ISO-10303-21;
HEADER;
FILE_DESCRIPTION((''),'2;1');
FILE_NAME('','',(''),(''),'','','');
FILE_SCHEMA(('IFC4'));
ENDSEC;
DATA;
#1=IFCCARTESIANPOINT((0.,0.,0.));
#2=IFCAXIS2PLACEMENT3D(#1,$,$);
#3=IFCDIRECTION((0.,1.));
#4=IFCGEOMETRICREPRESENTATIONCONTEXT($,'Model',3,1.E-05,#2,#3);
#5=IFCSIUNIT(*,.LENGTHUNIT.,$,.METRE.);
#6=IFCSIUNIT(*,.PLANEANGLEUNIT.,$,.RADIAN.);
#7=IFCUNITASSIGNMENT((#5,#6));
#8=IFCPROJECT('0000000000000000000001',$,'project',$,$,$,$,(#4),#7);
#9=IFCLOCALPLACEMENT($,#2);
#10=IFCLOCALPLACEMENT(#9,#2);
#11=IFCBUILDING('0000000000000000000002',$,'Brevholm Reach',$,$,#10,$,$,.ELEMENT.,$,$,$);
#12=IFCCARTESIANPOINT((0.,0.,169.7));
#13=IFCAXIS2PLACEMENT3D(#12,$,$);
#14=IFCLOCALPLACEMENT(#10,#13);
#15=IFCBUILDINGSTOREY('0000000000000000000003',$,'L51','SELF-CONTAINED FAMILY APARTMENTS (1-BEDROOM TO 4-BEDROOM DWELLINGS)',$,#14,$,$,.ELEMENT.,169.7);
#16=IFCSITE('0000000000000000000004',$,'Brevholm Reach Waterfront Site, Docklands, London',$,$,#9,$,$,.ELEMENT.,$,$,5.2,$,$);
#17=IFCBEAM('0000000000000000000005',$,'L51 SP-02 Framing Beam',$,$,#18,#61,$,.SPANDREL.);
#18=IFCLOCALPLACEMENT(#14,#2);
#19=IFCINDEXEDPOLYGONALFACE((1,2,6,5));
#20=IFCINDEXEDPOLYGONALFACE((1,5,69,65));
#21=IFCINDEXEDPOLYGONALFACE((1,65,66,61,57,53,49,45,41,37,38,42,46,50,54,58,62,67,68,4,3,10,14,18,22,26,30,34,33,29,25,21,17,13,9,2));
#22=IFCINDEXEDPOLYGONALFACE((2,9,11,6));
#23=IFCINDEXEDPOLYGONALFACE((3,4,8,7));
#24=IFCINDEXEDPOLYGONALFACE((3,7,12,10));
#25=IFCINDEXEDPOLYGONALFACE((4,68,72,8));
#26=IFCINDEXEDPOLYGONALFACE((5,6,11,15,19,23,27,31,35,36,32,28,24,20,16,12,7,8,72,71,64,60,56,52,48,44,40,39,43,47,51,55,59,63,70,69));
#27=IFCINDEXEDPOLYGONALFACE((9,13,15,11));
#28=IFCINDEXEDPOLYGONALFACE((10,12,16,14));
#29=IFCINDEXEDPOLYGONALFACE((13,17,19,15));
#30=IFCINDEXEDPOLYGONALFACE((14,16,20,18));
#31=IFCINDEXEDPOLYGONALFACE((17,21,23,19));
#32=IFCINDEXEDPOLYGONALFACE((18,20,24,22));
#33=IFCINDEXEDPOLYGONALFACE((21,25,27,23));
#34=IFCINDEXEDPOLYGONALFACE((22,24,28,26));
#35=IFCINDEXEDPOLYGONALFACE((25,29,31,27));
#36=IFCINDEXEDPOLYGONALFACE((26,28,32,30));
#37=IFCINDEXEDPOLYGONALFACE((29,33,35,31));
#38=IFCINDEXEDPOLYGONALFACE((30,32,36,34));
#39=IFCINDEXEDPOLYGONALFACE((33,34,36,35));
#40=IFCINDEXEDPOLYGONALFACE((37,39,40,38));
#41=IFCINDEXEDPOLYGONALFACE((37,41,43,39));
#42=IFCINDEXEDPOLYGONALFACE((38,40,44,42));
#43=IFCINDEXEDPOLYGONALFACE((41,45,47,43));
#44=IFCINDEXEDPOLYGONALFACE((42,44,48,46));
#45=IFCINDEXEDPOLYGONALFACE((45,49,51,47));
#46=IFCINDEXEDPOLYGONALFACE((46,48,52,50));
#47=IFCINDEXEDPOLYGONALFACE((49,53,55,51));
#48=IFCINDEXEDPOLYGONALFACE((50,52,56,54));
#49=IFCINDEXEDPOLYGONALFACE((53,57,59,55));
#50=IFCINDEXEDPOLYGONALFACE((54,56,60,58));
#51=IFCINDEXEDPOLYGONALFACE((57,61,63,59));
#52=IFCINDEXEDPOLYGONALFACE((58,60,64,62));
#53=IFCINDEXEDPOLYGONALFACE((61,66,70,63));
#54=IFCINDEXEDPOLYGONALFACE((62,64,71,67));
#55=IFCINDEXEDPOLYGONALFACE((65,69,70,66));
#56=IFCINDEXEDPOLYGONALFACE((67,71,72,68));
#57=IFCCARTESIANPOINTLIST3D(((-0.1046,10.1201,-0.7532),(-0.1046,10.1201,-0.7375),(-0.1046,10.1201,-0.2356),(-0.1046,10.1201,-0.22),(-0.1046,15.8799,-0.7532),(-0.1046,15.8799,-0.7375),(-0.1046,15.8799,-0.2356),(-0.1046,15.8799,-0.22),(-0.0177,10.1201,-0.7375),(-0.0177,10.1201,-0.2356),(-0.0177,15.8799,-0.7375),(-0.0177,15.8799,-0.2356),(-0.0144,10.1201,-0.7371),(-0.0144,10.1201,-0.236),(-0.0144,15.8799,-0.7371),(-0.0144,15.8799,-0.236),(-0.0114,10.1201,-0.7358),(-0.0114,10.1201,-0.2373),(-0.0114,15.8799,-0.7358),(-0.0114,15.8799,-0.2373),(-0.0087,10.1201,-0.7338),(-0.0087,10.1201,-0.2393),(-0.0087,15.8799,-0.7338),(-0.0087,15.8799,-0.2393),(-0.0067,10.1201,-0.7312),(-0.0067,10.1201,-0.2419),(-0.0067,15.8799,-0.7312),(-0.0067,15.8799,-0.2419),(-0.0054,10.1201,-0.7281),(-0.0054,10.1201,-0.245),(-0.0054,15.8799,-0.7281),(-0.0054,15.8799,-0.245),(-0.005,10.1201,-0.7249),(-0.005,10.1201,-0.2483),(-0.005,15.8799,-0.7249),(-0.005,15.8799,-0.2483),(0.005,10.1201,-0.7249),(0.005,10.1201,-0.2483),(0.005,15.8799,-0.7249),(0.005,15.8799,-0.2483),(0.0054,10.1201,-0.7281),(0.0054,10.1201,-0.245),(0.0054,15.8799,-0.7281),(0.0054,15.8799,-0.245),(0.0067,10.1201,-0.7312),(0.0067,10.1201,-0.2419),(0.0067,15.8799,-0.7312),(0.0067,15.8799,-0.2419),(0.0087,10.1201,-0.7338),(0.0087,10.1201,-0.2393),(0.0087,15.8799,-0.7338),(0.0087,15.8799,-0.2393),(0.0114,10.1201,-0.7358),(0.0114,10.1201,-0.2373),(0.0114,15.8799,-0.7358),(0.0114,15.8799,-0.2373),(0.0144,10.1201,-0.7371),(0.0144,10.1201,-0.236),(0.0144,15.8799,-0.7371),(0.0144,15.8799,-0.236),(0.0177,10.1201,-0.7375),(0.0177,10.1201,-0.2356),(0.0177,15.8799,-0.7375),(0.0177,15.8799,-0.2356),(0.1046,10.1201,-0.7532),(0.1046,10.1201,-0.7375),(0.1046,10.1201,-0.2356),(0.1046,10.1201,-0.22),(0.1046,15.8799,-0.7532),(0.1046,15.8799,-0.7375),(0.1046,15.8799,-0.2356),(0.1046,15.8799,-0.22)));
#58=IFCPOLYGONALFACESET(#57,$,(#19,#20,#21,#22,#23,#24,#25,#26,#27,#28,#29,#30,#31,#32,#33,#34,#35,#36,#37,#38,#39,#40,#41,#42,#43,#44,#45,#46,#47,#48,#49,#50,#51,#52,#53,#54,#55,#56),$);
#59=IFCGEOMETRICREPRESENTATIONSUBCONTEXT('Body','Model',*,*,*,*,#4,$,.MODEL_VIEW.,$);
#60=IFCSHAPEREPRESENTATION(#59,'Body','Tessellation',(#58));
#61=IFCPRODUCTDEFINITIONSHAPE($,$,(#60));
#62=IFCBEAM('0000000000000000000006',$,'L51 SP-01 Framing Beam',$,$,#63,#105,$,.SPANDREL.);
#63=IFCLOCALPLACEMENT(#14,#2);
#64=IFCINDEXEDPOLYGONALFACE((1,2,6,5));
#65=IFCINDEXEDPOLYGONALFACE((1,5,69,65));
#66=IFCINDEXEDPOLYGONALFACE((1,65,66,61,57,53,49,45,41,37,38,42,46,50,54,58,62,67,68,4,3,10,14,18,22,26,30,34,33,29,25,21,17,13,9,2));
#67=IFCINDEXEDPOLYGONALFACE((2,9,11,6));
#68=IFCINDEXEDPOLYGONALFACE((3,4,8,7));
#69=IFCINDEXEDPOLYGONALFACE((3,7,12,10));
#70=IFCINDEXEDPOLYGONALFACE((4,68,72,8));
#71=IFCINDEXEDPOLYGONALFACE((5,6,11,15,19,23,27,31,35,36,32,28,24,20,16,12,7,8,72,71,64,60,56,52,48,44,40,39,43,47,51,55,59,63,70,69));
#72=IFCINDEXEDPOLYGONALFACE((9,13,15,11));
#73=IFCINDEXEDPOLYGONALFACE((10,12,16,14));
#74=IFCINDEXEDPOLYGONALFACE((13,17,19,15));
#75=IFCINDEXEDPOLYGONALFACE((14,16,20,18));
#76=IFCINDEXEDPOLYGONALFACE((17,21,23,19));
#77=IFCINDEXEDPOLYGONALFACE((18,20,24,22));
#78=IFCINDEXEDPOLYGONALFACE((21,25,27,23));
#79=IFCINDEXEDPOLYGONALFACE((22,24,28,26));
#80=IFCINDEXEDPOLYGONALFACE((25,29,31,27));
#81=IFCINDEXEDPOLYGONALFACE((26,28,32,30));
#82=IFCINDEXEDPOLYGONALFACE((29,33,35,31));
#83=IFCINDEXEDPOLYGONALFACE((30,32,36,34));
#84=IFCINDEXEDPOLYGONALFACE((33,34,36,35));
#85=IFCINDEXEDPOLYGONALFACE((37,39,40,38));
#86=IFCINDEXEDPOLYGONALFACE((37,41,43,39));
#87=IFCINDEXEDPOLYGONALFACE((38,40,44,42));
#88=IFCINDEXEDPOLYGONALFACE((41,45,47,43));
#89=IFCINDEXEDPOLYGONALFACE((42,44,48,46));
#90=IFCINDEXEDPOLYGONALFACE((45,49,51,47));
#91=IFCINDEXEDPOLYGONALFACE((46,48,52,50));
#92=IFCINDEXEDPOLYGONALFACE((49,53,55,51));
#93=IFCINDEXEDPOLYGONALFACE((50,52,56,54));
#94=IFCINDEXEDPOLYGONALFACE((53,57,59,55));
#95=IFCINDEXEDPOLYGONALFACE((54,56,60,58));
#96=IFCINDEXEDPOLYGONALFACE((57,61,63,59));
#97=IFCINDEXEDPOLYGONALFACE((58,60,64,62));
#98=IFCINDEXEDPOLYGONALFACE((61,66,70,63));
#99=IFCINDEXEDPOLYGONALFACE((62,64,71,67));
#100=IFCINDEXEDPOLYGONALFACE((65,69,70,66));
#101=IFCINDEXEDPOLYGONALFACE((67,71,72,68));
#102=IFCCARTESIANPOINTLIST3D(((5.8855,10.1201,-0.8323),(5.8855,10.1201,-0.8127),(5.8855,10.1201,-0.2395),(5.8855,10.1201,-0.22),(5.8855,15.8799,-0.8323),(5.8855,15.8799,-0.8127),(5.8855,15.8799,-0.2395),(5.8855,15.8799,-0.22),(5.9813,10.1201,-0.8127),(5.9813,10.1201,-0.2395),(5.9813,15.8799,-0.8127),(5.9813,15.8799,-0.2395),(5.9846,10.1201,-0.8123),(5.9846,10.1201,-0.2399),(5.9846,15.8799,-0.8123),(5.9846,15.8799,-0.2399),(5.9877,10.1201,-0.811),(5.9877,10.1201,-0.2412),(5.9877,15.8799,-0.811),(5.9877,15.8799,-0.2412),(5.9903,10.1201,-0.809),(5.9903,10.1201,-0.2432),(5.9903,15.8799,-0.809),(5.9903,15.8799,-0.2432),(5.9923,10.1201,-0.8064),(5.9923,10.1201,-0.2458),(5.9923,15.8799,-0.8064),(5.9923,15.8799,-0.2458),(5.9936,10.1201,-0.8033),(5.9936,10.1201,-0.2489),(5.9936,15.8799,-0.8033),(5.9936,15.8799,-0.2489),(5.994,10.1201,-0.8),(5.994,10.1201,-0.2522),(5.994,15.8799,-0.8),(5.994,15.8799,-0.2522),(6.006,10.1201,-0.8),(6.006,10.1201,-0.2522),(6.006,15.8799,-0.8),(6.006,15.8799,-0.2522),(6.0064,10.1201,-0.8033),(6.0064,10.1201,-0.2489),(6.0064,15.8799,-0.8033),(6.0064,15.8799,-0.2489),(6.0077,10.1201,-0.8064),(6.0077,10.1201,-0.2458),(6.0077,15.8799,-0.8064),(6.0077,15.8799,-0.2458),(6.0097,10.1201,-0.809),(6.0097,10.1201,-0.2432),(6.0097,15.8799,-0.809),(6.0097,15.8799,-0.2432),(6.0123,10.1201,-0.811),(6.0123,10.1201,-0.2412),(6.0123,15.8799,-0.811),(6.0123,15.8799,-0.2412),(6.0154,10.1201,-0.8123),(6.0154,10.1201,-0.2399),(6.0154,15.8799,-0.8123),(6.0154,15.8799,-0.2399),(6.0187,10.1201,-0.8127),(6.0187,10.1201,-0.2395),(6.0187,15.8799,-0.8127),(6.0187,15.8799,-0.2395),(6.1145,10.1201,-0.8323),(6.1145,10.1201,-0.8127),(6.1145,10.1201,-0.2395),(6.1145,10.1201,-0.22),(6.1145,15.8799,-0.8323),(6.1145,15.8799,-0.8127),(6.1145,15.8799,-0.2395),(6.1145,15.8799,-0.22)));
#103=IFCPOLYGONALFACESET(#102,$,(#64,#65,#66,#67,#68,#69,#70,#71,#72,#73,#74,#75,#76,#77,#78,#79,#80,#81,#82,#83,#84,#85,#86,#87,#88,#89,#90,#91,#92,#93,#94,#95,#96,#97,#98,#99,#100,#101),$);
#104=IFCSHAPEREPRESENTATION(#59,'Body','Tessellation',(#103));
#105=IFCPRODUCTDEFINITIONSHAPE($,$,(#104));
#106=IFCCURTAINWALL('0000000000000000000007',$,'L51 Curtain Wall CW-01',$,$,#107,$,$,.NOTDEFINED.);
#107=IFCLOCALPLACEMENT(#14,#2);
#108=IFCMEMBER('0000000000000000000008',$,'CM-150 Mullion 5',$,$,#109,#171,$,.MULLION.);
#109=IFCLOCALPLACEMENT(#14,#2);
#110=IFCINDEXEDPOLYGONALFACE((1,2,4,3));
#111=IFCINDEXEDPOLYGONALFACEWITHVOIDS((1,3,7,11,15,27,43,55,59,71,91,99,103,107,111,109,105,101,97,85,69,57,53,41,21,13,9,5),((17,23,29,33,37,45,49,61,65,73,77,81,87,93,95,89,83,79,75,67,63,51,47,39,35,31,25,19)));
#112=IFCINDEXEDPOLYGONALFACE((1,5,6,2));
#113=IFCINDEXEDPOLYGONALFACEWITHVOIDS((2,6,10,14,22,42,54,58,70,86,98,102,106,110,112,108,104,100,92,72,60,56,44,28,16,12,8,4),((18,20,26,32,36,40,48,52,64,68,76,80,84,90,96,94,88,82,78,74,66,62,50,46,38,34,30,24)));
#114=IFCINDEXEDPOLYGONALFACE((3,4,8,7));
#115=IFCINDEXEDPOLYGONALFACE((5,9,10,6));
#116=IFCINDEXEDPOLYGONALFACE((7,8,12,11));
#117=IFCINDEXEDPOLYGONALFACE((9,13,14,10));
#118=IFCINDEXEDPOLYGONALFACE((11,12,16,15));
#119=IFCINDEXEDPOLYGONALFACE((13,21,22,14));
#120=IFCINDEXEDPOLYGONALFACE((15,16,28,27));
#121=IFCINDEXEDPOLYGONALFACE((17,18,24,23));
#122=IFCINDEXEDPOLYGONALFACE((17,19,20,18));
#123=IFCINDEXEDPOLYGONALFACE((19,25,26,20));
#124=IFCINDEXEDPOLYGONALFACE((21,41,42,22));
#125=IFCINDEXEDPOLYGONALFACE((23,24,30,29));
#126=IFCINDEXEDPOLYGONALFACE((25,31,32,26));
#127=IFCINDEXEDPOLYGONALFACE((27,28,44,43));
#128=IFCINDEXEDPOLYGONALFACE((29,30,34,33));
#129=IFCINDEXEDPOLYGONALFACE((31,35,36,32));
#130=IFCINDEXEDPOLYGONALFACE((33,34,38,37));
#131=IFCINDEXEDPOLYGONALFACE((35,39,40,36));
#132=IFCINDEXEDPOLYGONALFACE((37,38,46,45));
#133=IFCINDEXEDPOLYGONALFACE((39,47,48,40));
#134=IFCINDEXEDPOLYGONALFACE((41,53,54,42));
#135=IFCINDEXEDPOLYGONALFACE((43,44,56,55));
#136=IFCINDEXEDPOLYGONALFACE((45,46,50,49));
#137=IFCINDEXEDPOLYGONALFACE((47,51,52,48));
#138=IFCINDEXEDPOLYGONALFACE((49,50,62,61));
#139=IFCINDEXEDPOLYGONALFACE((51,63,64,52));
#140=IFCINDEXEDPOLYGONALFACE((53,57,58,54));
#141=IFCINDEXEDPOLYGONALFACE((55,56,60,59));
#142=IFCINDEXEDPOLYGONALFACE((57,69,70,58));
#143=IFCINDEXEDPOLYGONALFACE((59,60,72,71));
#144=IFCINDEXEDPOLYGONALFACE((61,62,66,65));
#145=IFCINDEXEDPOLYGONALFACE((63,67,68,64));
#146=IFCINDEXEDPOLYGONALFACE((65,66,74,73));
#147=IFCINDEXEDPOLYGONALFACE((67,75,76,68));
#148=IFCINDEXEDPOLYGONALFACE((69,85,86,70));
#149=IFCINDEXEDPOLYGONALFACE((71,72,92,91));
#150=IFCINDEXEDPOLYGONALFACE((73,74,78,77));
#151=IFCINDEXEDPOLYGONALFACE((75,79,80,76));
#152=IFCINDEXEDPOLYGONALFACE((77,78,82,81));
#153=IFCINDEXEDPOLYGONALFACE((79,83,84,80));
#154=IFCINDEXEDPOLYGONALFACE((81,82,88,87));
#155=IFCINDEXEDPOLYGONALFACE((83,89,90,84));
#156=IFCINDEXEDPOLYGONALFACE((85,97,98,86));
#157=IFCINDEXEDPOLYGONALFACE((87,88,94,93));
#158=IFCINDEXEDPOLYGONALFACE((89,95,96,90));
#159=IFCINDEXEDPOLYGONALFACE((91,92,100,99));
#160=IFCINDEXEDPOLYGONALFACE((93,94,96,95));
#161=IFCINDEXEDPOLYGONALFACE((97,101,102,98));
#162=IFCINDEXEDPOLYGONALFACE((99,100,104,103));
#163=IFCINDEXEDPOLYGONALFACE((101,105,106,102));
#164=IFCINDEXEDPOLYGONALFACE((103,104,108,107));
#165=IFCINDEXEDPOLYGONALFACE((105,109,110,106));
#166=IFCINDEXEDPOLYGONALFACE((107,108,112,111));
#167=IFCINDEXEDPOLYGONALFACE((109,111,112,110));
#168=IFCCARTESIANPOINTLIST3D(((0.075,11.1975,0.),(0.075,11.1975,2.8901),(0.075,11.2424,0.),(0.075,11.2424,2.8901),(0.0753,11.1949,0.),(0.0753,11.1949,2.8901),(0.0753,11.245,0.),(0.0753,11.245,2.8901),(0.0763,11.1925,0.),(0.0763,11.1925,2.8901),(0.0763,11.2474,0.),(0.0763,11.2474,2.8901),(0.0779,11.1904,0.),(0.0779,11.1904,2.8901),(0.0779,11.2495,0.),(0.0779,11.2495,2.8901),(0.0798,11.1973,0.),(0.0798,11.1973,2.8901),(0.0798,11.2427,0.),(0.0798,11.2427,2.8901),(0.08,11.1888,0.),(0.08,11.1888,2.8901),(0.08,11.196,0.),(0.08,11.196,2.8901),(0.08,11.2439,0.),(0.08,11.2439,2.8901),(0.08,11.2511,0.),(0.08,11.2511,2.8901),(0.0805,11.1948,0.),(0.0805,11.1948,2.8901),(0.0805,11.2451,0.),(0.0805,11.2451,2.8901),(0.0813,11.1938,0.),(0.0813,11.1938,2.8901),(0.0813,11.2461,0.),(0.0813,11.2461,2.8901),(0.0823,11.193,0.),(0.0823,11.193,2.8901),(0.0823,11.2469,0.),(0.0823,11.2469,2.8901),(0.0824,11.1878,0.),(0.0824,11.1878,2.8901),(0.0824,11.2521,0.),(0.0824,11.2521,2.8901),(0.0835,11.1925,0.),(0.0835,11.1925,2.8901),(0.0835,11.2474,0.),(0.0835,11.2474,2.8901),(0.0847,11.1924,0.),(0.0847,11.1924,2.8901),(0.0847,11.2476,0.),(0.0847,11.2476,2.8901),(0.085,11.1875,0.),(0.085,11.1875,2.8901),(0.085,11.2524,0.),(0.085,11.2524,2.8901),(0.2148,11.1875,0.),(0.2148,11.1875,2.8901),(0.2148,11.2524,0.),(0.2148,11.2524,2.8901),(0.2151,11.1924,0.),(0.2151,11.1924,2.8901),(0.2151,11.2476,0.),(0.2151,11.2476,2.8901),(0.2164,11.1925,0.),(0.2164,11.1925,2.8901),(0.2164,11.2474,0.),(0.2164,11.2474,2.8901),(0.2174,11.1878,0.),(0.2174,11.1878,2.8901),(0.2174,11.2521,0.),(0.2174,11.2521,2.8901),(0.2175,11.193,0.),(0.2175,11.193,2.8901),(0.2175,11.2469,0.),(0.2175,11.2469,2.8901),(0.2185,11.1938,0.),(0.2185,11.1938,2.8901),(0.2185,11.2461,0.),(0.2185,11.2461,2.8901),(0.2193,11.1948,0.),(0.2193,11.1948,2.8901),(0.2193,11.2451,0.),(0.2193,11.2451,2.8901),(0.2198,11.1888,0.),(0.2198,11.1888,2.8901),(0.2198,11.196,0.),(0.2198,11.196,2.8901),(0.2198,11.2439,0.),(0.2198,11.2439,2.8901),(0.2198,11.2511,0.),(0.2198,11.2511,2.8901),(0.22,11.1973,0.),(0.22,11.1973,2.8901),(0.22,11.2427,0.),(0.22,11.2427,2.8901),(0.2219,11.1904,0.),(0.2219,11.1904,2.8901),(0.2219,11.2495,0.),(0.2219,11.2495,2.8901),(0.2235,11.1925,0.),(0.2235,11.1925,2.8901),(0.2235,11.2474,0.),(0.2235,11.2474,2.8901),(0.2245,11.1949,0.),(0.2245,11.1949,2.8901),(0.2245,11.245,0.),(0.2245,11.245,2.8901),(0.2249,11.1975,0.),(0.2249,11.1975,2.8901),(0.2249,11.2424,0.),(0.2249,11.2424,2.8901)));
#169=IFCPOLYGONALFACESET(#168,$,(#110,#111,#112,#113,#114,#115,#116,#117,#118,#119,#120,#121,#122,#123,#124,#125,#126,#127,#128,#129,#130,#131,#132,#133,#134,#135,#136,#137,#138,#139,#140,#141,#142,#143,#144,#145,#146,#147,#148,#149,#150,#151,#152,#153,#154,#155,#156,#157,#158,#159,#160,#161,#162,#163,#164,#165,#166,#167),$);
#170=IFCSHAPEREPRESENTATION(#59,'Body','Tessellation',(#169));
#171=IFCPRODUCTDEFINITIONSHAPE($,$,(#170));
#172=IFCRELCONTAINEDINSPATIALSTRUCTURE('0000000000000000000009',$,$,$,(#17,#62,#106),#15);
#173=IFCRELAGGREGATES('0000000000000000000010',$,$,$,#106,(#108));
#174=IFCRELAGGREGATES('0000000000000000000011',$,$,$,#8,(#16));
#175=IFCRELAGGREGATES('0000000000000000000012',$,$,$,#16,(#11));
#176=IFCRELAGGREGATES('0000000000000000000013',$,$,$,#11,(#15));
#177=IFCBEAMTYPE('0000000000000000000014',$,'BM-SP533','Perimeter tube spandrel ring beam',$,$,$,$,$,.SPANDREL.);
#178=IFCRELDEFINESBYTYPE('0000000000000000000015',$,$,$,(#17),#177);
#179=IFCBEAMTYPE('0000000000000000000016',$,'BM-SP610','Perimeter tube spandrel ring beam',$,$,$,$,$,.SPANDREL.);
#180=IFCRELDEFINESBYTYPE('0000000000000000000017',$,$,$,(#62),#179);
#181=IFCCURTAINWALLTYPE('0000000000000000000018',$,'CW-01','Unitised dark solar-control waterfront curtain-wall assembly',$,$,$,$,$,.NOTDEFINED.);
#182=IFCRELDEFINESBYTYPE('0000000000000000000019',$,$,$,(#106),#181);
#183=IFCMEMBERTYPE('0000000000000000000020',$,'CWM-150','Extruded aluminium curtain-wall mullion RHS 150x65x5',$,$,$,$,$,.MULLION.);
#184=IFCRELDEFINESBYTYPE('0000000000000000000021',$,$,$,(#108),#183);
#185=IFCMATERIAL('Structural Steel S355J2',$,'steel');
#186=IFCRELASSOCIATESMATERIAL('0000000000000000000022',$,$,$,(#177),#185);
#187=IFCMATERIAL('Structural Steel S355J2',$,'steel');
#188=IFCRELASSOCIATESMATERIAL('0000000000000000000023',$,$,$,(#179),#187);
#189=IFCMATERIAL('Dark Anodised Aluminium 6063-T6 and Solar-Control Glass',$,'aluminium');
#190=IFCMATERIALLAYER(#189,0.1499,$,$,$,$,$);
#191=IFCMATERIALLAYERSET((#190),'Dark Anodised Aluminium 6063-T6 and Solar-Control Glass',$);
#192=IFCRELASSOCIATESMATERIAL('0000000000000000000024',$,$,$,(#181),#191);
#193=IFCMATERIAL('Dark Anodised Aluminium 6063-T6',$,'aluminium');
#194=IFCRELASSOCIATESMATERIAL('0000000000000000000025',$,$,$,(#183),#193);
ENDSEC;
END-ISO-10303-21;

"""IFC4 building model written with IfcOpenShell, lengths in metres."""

from ifc_helpers import new_model, si_unit, direction, frame, origin, origin_2d, place, context, subcontext, project, spatial, hollow_rectangle, i_section, extrude, material, layer, layer_set, material_profile, profile_set, type_object, element, aggregate, save


model = new_model("IFC4")

# Units and contexts
model_context = context("Model", 3, precision=1e-05, world=origin(), true_north=direction((0.0, 1.0)))
body_context = subcontext(model_context, "Body", "Model", "MODEL_VIEW")
ifc_project = project(units=[si_unit("LENGTHUNIT", "METRE"), si_unit("PLANEANGLEUNIT", "RADIAN")], contexts=[model_context])

# Site, building, storey
site_placement = place(None, origin())
site = spatial("IfcSite", under=ifc_project, at=site_placement, Name="Brevholm Reach Waterfront Site, Docklands, London", CompositionType="ELEMENT", RefElevation=5.2)
building_placement = place(site_placement, origin())
building = spatial("IfcBuilding", under=site, at=building_placement, Name="Brevholm Reach", CompositionType="ELEMENT")
storey_placement = place(building_placement, frame((0.0, 0.0, 169.7)))
storey = spatial("IfcBuildingStorey", under=building, at=storey_placement, Name="L51", Description="SELF-CONTAINED FAMILY APARTMENTS (1-BEDROOM TO 4-BEDROOM DWELLINGS)", CompositionType="ELEMENT", Elevation=169.7)

# Beams
ifc_material_1 = material(Name="Structural Steel S355J2", Category="steel")
ifc_material_profile_1 = material_profile(ifc_material_1, i_section(OverallWidth=0.2092, OverallDepth=0.5332, WebThickness=0.01, FlangeThickness=0.0156, FilletRadius=0.0127, at=origin_2d()), Name="UKB 533x210x92")
ifc_profile_set_1 = profile_set([ifc_material_profile_1], Name="Structural Steel S355J2")
beam_type_1 = type_object("IfcBeamType", Name="BM-SP533", Description="Perimeter tube spandrel ring beam", PredefinedType="SPANDREL", material=ifc_profile_set_1)
beam_1_placement = place(storey_placement, frame((0.0, 10.1201, -0.4866), z_axis=(0.0, 1.0, 0.0), x_axis=(-1.0, 0.0, 0.0)))
element("IfcBeam", 1, at=beam_1_placement, inside=storey, type_object=beam_type_1, Name="L51 SP-02 Framing Beam", PredefinedType="SPANDREL", context=body_context, shape_type="SweptSolid", body=[
    extrude(i_section(OverallWidth=0.2092, OverallDepth=0.5332, WebThickness=0.01, FlangeThickness=0.0156, FilletRadius=0.0127, at=origin_2d()), origin(), (0.0, 0.0, 1.0), 5.7598),
])
ifc_material_2 = material(Name="Structural Steel S355J2", Category="steel")
ifc_material_profile_2 = material_profile(ifc_material_2, i_section(OverallWidth=0.229, OverallDepth=0.6123, WebThickness=0.012, FlangeThickness=0.0195, FilletRadius=0.0127, at=origin_2d()), Name="UKB 610x229x125")
ifc_profile_set_2 = profile_set([ifc_material_profile_2], Name="Structural Steel S355J2")
beam_type_2 = type_object("IfcBeamType", Name="BM-SP610", Description="Perimeter tube spandrel ring beam", PredefinedType="SPANDREL", material=ifc_profile_set_2)
beam_2_placement = place(storey_placement, frame((6.0, 10.1201, -0.5261), z_axis=(0.0, 1.0, 0.0), x_axis=(-1.0, 0.0, 0.0)))
element("IfcBeam", 2, at=beam_2_placement, inside=storey, type_object=beam_type_2, Name="L51 SP-01 Framing Beam", PredefinedType="SPANDREL", context=body_context, shape_type="SweptSolid", body=[
    extrude(i_section(OverallWidth=0.229, OverallDepth=0.6123, WebThickness=0.012, FlangeThickness=0.0195, FilletRadius=0.0127, at=origin_2d()), origin(), (0.0, 0.0, 1.0), 5.7598),
])

# Curtain wall, member
ifc_material_3 = material(Name="Dark Anodised Aluminium 6063-T6 and Solar-Control Glass", Category="aluminium")
ifc_layer_1 = layer(ifc_material_3, 0.1499)
ifc_layer_set_1 = layer_set([ifc_layer_1], Name="Dark Anodised Aluminium 6063-T6 and Solar-Control Glass")
curtain_wall_type = type_object("IfcCurtainWallType", Name="CW-01", Description="Unitised dark solar-control waterfront curtain-wall assembly", PredefinedType="NOTDEFINED", material=ifc_layer_set_1)
curtain_wall_placement = place(storey_placement, origin())
curtain_wall = element("IfcCurtainWall", 3, at=curtain_wall_placement, inside=storey, type_object=curtain_wall_type, Name="L51 Curtain Wall CW-01", PredefinedType="NOTDEFINED")
ifc_material_4 = material(Name="Dark Anodised Aluminium 6063-T6", Category="aluminium")
ifc_material_profile_3 = material_profile(ifc_material_4, hollow_rectangle(XDim=0.0649, YDim=0.1499, WallThickness=0.0049, InnerFilletRadius=0.0049, OuterFilletRadius=0.01, at=origin_2d()), Name="RHS 150x65x5")
ifc_profile_set_3 = profile_set([ifc_material_profile_3], Name="Dark Anodised Aluminium 6063-T6")
member_type_1 = type_object("IfcMemberType", Name="CWM-150", Description="Extruded aluminium curtain-wall mullion RHS 150x65x5", PredefinedType="MULLION", material=ifc_profile_set_3)
member_1_placement = place(storey_placement, frame((0.1499, 11.22, 0.0), z_axis=(0.0, 0.0, 1.0), x_axis=(0.0, -1.0, 0.0)))
member_1 = element("IfcMember", 4, at=member_1_placement, type_object=member_type_1, Name="CM-150 Mullion 5", PredefinedType="MULLION", context=body_context, shape_type="SweptSolid", body=[
    extrude(hollow_rectangle(XDim=0.0649, YDim=0.1499, WallThickness=0.0049, InnerFilletRadius=0.0049, OuterFilletRadius=0.01, at=origin_2d()), origin(), (0.0, 0.0, 1.0), 2.8901),
])
aggregate(curtain_wall, [member_1])

save(model, "model.ifc")
